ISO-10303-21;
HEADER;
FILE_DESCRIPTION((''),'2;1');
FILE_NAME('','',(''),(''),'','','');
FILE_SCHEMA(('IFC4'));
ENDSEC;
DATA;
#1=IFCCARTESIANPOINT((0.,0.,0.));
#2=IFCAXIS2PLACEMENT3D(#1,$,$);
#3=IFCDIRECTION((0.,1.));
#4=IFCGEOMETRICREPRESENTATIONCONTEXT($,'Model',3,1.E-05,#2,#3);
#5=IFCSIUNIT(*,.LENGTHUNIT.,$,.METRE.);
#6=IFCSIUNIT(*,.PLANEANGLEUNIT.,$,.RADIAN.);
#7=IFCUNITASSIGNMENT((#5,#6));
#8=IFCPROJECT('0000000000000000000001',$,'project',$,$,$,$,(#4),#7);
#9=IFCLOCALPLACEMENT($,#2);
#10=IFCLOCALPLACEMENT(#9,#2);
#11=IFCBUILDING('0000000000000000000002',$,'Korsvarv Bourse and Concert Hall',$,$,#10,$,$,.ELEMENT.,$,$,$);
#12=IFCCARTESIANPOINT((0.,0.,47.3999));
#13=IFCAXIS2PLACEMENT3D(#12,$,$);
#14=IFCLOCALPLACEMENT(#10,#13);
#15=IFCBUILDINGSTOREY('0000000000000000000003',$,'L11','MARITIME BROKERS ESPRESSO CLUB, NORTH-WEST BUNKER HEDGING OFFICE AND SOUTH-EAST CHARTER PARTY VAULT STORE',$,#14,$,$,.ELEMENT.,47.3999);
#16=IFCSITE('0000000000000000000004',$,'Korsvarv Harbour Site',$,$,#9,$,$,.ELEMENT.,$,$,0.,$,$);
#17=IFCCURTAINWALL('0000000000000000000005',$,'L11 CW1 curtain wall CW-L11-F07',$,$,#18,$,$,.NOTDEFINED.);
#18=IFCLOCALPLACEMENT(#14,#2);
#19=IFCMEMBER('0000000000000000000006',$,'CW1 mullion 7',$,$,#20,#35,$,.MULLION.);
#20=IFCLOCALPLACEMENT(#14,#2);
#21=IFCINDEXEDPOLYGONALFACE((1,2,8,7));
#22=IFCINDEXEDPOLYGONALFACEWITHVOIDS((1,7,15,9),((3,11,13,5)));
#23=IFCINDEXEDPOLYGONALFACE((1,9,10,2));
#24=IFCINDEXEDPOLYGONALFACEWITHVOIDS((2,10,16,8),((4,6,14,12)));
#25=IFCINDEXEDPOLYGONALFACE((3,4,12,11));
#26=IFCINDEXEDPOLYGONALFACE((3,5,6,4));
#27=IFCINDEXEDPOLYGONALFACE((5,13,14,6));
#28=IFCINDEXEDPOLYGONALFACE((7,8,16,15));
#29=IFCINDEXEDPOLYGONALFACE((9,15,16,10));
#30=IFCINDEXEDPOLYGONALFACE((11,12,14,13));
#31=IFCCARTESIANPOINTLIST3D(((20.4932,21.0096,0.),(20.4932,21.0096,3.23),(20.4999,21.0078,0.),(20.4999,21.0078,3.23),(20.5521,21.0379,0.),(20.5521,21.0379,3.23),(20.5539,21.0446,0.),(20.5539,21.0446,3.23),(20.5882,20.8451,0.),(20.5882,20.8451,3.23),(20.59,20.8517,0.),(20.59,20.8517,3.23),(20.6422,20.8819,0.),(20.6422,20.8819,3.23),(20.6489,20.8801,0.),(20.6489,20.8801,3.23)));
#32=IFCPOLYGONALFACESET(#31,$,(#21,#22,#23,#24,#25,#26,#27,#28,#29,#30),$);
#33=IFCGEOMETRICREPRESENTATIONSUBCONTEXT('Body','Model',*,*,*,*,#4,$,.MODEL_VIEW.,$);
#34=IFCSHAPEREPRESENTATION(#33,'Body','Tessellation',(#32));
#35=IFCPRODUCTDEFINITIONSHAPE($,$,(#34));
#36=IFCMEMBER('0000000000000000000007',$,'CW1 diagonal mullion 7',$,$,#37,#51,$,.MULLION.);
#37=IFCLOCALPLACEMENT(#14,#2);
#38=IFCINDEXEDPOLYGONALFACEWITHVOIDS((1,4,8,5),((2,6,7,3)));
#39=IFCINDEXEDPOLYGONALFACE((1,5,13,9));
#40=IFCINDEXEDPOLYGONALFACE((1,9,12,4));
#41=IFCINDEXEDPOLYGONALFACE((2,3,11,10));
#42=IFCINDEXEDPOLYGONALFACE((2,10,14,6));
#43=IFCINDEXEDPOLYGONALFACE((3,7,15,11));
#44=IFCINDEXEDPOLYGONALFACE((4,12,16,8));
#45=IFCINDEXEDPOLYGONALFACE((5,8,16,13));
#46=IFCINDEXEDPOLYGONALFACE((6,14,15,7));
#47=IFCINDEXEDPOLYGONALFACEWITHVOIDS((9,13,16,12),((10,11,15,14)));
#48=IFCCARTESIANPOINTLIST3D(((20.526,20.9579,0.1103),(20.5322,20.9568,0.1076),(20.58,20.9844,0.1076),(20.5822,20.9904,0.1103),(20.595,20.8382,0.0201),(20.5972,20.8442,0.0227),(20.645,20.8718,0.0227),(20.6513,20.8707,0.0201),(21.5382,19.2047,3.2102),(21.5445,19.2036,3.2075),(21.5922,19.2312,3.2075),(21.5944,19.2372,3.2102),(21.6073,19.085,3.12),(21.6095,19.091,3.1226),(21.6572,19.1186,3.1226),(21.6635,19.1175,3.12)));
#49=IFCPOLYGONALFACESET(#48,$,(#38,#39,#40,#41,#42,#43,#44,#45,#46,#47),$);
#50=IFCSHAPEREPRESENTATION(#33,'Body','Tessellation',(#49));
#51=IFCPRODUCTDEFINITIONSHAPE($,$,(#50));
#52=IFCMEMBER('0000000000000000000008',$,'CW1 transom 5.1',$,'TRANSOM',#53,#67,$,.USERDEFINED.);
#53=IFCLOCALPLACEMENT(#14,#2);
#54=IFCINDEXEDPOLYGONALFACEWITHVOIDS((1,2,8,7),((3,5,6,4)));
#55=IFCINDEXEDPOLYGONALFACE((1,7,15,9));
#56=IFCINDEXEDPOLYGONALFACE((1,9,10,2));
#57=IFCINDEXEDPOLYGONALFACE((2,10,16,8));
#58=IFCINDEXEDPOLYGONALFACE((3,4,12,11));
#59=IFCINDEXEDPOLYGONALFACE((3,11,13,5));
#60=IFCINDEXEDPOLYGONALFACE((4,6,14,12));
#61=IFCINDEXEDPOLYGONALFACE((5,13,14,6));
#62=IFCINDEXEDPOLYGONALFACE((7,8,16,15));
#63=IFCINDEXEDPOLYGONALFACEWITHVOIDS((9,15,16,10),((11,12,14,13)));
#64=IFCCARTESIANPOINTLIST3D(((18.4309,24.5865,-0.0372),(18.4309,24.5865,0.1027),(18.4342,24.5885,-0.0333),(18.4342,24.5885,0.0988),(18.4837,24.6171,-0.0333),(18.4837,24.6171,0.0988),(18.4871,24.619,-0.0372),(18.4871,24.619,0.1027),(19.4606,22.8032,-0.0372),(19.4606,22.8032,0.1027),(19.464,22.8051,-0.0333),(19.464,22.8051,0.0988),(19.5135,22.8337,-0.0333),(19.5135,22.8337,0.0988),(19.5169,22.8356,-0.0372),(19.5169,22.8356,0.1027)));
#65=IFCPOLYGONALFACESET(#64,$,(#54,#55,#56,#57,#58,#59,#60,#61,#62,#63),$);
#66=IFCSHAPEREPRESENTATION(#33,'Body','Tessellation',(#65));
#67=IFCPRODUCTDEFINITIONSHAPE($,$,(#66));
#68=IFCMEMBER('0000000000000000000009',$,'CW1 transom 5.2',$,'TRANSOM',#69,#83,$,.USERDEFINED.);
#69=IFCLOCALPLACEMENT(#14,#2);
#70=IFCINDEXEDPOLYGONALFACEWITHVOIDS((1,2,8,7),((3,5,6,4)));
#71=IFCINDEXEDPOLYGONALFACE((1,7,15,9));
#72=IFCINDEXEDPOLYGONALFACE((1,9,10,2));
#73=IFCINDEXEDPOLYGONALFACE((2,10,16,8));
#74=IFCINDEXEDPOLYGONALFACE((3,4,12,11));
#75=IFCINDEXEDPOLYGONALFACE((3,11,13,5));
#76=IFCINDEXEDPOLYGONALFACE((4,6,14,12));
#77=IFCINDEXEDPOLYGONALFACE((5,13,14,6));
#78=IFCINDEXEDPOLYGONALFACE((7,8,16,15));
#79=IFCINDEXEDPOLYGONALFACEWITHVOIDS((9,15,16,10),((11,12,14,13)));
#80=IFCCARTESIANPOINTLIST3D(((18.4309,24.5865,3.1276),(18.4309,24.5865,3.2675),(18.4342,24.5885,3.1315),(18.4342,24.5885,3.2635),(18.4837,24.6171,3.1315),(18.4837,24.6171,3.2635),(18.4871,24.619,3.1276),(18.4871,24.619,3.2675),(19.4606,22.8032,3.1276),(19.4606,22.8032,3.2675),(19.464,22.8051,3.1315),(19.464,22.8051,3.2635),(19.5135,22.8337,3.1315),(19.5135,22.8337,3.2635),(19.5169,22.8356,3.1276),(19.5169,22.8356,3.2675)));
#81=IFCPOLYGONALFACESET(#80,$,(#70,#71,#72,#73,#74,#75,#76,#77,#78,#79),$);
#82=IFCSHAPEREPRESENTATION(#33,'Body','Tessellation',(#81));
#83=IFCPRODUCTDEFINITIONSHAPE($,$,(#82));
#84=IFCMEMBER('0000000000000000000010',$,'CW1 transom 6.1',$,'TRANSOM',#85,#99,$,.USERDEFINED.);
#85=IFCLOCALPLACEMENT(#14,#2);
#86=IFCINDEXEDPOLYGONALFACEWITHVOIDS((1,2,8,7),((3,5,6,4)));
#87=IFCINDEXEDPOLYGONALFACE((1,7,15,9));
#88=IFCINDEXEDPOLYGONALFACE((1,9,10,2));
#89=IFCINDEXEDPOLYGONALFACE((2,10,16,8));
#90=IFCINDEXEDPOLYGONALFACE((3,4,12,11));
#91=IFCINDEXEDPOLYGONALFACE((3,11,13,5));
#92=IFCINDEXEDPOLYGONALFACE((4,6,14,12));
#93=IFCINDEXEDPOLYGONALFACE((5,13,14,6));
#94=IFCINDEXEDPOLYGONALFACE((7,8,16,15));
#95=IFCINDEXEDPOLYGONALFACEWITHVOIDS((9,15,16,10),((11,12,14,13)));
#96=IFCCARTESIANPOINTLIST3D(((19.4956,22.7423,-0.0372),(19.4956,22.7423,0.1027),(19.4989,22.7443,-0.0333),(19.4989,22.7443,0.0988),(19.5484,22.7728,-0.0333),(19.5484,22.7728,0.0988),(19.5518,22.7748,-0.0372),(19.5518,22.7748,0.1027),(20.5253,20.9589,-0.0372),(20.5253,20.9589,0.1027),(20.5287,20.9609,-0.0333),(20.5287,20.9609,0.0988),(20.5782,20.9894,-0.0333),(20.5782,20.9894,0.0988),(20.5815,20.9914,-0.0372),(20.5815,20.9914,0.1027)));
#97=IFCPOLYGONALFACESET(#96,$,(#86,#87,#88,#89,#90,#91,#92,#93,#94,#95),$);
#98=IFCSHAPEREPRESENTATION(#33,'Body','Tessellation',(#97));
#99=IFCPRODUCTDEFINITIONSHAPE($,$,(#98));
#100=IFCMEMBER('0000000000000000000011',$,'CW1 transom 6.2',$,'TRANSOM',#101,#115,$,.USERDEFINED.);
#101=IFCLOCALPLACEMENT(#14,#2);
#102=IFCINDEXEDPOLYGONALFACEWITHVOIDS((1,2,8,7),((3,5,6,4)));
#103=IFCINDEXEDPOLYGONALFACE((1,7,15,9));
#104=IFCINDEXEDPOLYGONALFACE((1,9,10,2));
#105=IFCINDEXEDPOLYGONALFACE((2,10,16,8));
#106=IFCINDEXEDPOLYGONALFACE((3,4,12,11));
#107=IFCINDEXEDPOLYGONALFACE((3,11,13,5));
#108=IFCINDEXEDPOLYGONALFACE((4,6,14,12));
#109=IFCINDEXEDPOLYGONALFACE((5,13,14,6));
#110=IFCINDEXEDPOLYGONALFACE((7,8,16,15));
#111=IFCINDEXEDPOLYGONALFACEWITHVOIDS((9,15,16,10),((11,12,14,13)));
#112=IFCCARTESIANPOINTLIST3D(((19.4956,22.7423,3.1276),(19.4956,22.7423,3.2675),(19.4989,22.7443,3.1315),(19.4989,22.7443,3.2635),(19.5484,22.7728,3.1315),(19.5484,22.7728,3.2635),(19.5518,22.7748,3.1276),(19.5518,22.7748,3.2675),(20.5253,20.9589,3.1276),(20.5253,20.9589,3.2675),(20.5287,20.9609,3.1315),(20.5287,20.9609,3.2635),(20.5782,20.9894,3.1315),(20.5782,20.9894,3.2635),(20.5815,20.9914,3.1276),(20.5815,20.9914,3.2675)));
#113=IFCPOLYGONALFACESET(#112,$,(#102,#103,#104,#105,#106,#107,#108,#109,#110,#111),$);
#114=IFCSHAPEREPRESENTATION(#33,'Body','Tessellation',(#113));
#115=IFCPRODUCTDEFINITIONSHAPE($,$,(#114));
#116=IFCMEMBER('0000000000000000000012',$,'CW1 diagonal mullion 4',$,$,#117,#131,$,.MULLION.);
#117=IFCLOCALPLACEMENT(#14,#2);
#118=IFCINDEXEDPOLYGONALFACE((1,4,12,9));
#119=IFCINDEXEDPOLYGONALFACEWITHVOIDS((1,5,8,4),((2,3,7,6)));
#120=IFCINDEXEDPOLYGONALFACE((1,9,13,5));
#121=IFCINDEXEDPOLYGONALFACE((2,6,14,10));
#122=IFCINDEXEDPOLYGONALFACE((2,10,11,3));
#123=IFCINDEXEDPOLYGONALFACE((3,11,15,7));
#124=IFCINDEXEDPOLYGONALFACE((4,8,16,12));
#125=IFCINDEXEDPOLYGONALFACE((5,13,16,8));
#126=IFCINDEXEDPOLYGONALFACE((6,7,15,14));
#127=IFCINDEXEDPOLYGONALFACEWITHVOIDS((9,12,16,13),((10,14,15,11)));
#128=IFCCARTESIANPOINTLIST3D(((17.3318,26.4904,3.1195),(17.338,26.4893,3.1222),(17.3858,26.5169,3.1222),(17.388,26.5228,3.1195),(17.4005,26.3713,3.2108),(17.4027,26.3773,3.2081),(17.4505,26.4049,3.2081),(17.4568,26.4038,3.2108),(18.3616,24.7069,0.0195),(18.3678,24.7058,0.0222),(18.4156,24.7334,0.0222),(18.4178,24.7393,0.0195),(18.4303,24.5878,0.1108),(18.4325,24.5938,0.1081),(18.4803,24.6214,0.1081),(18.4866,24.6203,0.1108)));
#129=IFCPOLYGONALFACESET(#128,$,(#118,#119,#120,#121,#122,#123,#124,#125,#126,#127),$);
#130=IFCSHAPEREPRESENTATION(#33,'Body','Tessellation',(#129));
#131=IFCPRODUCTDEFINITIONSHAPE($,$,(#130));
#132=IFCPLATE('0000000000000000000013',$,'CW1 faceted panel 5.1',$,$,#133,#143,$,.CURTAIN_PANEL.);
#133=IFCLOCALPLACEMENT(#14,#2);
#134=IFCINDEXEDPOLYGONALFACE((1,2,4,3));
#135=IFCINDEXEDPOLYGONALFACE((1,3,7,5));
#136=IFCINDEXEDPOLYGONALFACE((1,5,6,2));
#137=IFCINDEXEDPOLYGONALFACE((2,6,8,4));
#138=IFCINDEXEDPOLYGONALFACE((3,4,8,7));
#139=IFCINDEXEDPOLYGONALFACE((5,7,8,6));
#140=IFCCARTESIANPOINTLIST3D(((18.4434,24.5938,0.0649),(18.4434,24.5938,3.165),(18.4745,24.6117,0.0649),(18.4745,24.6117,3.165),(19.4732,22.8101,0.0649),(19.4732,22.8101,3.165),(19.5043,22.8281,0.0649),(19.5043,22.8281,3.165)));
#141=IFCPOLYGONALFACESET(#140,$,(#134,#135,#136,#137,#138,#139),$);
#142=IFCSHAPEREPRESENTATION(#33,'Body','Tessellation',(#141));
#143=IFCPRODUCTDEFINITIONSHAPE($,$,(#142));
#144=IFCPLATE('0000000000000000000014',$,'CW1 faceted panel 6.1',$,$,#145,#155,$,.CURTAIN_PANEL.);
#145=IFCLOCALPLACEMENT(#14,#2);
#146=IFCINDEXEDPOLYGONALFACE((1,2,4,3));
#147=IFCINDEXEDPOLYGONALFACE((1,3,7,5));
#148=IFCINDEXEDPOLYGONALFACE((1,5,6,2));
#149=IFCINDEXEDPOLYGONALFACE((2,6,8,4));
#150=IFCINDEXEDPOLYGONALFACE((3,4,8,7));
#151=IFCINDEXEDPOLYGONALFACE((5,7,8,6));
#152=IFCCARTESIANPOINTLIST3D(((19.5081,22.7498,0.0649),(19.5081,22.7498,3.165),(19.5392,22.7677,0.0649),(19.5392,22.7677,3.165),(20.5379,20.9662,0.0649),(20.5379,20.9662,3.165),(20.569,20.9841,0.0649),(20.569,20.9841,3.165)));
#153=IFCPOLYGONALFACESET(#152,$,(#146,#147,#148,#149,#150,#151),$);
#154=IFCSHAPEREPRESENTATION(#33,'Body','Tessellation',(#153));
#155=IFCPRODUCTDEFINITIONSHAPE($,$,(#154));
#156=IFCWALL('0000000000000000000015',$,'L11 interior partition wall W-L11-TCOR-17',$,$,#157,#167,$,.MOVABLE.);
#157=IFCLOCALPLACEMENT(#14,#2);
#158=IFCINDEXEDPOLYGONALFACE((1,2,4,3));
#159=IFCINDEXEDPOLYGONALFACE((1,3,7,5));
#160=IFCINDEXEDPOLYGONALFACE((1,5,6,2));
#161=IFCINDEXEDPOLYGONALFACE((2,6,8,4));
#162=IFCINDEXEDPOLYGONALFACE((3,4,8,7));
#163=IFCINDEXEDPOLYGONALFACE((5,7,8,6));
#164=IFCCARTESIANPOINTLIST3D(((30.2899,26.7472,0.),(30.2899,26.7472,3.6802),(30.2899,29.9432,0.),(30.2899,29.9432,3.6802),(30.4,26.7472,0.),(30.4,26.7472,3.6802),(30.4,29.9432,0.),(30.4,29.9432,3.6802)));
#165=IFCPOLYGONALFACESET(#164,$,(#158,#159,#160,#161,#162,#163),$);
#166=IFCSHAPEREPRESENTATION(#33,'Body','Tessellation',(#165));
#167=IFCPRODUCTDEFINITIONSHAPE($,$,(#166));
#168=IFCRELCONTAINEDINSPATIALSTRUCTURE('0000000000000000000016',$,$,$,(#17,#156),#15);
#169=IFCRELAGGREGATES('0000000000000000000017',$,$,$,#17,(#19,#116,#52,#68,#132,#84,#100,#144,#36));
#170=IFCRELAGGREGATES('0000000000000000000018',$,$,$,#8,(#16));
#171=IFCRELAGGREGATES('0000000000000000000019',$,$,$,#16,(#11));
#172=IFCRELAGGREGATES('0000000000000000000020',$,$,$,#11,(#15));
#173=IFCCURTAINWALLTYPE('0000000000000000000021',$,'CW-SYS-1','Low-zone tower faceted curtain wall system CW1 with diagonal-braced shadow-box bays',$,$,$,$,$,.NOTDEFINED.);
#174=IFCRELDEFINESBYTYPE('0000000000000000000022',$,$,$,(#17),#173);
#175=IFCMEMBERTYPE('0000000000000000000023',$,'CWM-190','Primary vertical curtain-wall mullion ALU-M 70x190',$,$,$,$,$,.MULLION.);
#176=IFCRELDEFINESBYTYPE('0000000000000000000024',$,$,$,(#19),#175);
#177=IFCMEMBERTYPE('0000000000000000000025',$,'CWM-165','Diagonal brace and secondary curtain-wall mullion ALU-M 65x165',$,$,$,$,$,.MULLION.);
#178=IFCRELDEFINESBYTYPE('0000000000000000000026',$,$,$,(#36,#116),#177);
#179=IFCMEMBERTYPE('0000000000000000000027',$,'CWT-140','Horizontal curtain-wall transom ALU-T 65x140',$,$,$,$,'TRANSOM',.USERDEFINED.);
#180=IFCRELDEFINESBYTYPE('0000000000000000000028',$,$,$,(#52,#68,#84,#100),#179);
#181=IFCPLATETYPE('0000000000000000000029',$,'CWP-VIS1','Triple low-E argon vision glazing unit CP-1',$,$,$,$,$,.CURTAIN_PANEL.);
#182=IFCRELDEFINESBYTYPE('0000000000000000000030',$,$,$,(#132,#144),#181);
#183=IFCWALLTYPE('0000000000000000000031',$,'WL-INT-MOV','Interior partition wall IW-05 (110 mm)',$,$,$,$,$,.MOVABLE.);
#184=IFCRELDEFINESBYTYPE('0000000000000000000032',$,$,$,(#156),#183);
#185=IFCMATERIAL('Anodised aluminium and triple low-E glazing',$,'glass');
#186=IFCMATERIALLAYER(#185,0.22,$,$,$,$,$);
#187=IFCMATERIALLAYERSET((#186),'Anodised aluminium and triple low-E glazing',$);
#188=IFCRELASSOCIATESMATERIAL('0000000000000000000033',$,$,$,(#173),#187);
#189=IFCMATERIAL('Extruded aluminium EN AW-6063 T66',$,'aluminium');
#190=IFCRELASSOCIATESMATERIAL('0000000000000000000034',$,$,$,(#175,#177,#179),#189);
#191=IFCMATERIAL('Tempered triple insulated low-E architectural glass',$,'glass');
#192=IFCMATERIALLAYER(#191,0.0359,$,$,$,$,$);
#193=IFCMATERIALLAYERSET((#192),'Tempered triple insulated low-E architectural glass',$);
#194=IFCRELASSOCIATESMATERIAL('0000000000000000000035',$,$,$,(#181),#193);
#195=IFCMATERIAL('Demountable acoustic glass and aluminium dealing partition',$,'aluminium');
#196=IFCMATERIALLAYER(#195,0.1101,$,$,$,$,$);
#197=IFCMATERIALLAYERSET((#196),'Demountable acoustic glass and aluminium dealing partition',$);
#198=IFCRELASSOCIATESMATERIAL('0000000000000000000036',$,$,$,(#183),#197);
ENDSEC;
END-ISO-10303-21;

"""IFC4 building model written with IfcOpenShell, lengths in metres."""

from ifc_helpers import new_model, si_unit, direction, frame, frame_2d, origin, origin_2d, place, context, subcontext, project, spatial, rectangle, hollow_rectangle, extrude, source, transform, mapped, material, layer, layer_set, material_profile, profile_set, type_object, element, aggregate, save


model = new_model("IFC4")

# Units and contexts
model_context = context("Model", 3, precision=1e-05, world=origin(), true_north=direction((0.0, 1.0)))
body_context = subcontext(model_context, "Body", "Model", "MODEL_VIEW")
ifc_project = project(units=[si_unit("LENGTHUNIT", "METRE"), si_unit("PLANEANGLEUNIT", "RADIAN")], contexts=[model_context])

# Site, building, storey
site_placement = place(None, origin())
site = spatial("IfcSite", under=ifc_project, at=site_placement, Name="Korsvarv Harbour Site", CompositionType="ELEMENT", RefElevation=0.0)
building_placement = place(site_placement, origin())
building = spatial("IfcBuilding", under=site, at=building_placement, Name="Korsvarv Bourse and Concert Hall", CompositionType="ELEMENT")
storey_placement = place(building_placement, frame((0.0, 0.0, 47.3999)))
storey = spatial("IfcBuildingStorey", under=building, at=storey_placement, Name="L11", Description="MARITIME BROKERS ESPRESSO CLUB, NORTH-WEST BUNKER HEDGING OFFICE AND SOUTH-EAST CHARTER PARTY VAULT STORE", CompositionType="ELEMENT", Elevation=47.3999)

# Curtain wall, members, plates
ifc_material_1 = material(Name="Anodised aluminium and triple low-E glazing", Category="glass")
ifc_layer_1 = layer(ifc_material_1, 0.22)
ifc_layer_set_1 = layer_set([ifc_layer_1], Name="Anodised aluminium and triple low-E glazing")
curtain_wall_type = type_object("IfcCurtainWallType", Name="CW-SYS-1", Description="Low-zone tower faceted curtain wall system CW1 with diagonal-braced shadow-box bays", PredefinedType="NOTDEFINED", material=ifc_layer_set_1)
curtain_wall_placement = place(storey_placement, origin())
curtain_wall = element("IfcCurtainWall", 1, at=curtain_wall_placement, inside=storey, type_object=curtain_wall_type, Name="L11 CW1 curtain wall CW-L11-F07", PredefinedType="NOTDEFINED")
ifc_material_2 = material(Name="Extruded aluminium EN AW-6063 T66", Category="aluminium")
ifc_material_profile_1 = material_profile(ifc_material_2, hollow_rectangle(XDim=0.0701, YDim=0.1899, WallThickness=0.0049, at=origin_2d()), Name="ALU-M 70x190")
ifc_profile_set_1 = profile_set([ifc_material_profile_1], Name="Extruded aluminium EN AW-6063 T66")
member_type_1 = type_object("IfcMemberType", Name="CWM-190", Description="Primary vertical curtain-wall mullion ALU-M 70x190", PredefinedType="MULLION", material=ifc_profile_set_1)
shared_shape_1 = source(origin(), body_context, "Body", "SweptSolid", [
    extrude(hollow_rectangle(XDim=0.0701, YDim=0.1899, WallThickness=0.0049, at=origin_2d()), origin(), (0.0, 0.0, 1.0), 3.23),
])
member_1_placement = place(storey_placement, frame((20.571, 20.9448, 0.0), z_axis=(0.0, 0.0, 1.0), x_axis=(0.866025, 0.5, 0.0)))
member_1 = element("IfcMember", 2, at=member_1_placement, type_object=member_type_1, Name="CW1 mullion 7", PredefinedType="MULLION", context=body_context, shape_type="MappedRepresentation", body=[
    mapped(shared_shape_1, transform((0.0, 0.0, 0.0), scale=1.0)),
])
ifc_material_profile_2 = material_profile(ifc_material_2, hollow_rectangle(XDim=0.0649, YDim=0.165, WallThickness=0.0049, at=origin_2d()), Name="ALU-M 65x165")
ifc_profile_set_2 = profile_set([ifc_material_profile_2], Name="Extruded aluminium EN AW-6063 T66")
member_type_2 = type_object("IfcMemberType", Name="CWM-165", Description="Diagonal brace and secondary curtain-wall mullion ALU-M 65x165", PredefinedType="MULLION", material=ifc_profile_set_2)
shared_shape_2 = source(origin(), body_context, "Body", "SweptSolid", [
    extrude(hollow_rectangle(XDim=0.0649, YDim=0.165, WallThickness=0.0049, at=origin_2d()), origin(), (0.0, 0.0, 1.0), 3.7024),
])
member_2_placement = place(storey_placement, frame((20.5886, 20.9143, 0.0652), z_axis=(0.273397, -0.473532, 0.83727), x_axis=(0.866023, 0.500004, 0.0)))
member_2 = element("IfcMember", 3, at=member_2_placement, type_object=member_type_2, Name="CW1 diagonal mullion 7", PredefinedType="MULLION", context=body_context, shape_type="MappedRepresentation", body=[
    mapped(shared_shape_2, transform((0.0, 0.0, 0.0), scale=1.0)),
])
ifc_material_profile_3 = material_profile(ifc_material_2, hollow_rectangle(XDim=0.0649, YDim=0.1399, WallThickness=0.0039, at=origin_2d()), Name="ALU-T 65x140")
ifc_profile_set_3 = profile_set([ifc_material_profile_3], Name="Extruded aluminium EN AW-6063 T66")
member_type_3 = type_object("IfcMemberType", Name="CWT-140", Description="Horizontal curtain-wall transom ALU-T 65x140", ElementType="TRANSOM", PredefinedType="USERDEFINED", material=ifc_profile_set_3)
shared_shape_3 = source(origin(), body_context, "Body", "SweptSolid", [
    extrude(hollow_rectangle(XDim=0.0649, YDim=0.1399, WallThickness=0.0039, at=origin_2d()), origin(), (0.0, 0.0, 1.0), 2.0593),
])
member_3_placement = place(storey_placement, frame((18.459, 24.6028, 0.0327), z_axis=(0.500041, -0.866002, 0.0), x_axis=(0.866002, 0.500041, 0.0)))
member_3 = element("IfcMember", 4, at=member_3_placement, type_object=member_type_3, Name="CW1 transom 5.1", ObjectType="TRANSOM", PredefinedType="USERDEFINED", context=body_context, shape_type="MappedRepresentation", body=[
    mapped(shared_shape_3, transform((0.0, 0.0, 0.0), scale=1.0)),
])
member_4_placement = place(storey_placement, frame((18.459, 24.6028, 3.1975), z_axis=(0.500041, -0.866002, 0.0), x_axis=(0.866002, 0.500041, 0.0)))
member_4 = element("IfcMember", 5, at=member_4_placement, type_object=member_type_3, Name="CW1 transom 5.2", ObjectType="TRANSOM", PredefinedType="USERDEFINED", context=body_context, shape_type="MappedRepresentation", body=[
    mapped(shared_shape_3, transform((0.0, 0.0, 0.0), scale=1.0)),
])
member_5_placement = place(storey_placement, frame((19.5237, 22.7585, 0.0327), z_axis=(0.500041, -0.866002, 0.0), x_axis=(0.866002, 0.500041, 0.0)))
member_5 = element("IfcMember", 6, at=member_5_placement, type_object=member_type_3, Name="CW1 transom 6.1", ObjectType="TRANSOM", PredefinedType="USERDEFINED", context=body_context, shape_type="MappedRepresentation", body=[
    mapped(shared_shape_3, transform((0.0, 0.0, 0.0), scale=1.0)),
])
member_6_placement = place(storey_placement, frame((19.5237, 22.7585, 3.1975), z_axis=(0.500041, -0.866002, 0.0), x_axis=(0.866002, 0.500041, 0.0)))
member_6 = element("IfcMember", 7, at=member_6_placement, type_object=member_type_3, Name="CW1 transom 6.2", ObjectType="TRANSOM", PredefinedType="USERDEFINED", context=body_context, shape_type="MappedRepresentation", body=[
    mapped(shared_shape_3, transform((0.0, 0.0, 0.0), scale=1.0)),
])
shared_shape_4 = source(origin(), body_context, "Body", "SweptSolid", [
    extrude(hollow_rectangle(XDim=0.0649, YDim=0.165, WallThickness=0.0049, at=origin_2d()), origin(), (0.0, 0.0, 1.0), 3.7217),
])
member_7_placement = place(storey_placement, frame((18.4241, 24.6636, 0.0652), z_axis=(-0.276706, 0.479216, 0.832938), x_axis=(-0.866002, -0.500041, 0.0)))
member_7 = element("IfcMember", 8, at=member_7_placement, type_object=member_type_2, Name="CW1 diagonal mullion 4", PredefinedType="MULLION", context=body_context, shape_type="MappedRepresentation", body=[
    mapped(shared_shape_4, transform((0.0, 0.0, 0.0), scale=1.0)),
])
ifc_material_3 = material(Name="Tempered triple insulated low-E architectural glass", Category="glass")
ifc_layer_2 = layer(ifc_material_3, 0.0359)
ifc_layer_set_2 = layer_set([ifc_layer_2], Name="Tempered triple insulated low-E architectural glass")
plate_type = type_object("IfcPlateType", Name="CWP-VIS1", Description="Triple low-E argon vision glazing unit CP-1", PredefinedType="CURTAIN_PANEL", material=ifc_layer_set_2)
shared_shape_5 = source(origin(), body_context, "Body", "SweptSolid", [
    extrude(rectangle(XDim=2.0596, YDim=0.0359, at=origin_2d()), origin(), (0.0, 0.0, 1.0), 3.1001),
])
plate_1_placement = place(storey_placement, frame((18.9739, 23.7109, 0.0649), z_axis=(0.0, 0.0, 1.0), x_axis=(0.5, -0.866025, 0.0)))
plate_1 = element("IfcPlate", 9, at=plate_1_placement, type_object=plate_type, Name="CW1 faceted panel 5.1", PredefinedType="CURTAIN_PANEL", context=body_context, shape_type="MappedRepresentation", body=[
    mapped(shared_shape_5, transform((0.0, 0.0, 0.0), scale=1.0)),
])
plate_2_placement = place(storey_placement, frame((20.0386, 21.8669, 0.0649), z_axis=(0.0, 0.0, 1.0), x_axis=(0.5, -0.866025, 0.0)))
plate_2 = element("IfcPlate", 10, at=plate_2_placement, type_object=plate_type, Name="CW1 faceted panel 6.1", PredefinedType="CURTAIN_PANEL", context=body_context, shape_type="MappedRepresentation", body=[
    mapped(shared_shape_5, transform((0.0, 0.0, 0.0), scale=1.0)),
])
aggregate(curtain_wall, [member_1, member_7, member_3, member_4, plate_1, member_5, member_6, plate_2, member_2])

# Wall
ifc_material_4 = material(Name="Demountable acoustic glass and aluminium dealing partition", Category="aluminium")
ifc_layer_3 = layer(ifc_material_4, 0.1101)
ifc_layer_set_3 = layer_set([ifc_layer_3], Name="Demountable acoustic glass and aluminium dealing partition")
wall_type_1 = type_object("IfcWallType", Name="WL-INT-MOV", Description="Interior partition wall IW-05 (110 mm)", PredefinedType="MOVABLE", material=ifc_layer_set_3)
wall_1_placement = place(storey_placement, frame((30.345, 26.7471, 0.0), z_axis=(0.0, 0.0, 1.0), x_axis=(0.0, 1.0, 0.0)))
element("IfcWall", 11, at=wall_1_placement, inside=storey, type_object=wall_type_1, Name="L11 interior partition wall W-L11-TCOR-17", PredefinedType="MOVABLE", context=body_context, shape_type="SweptSolid", body=[
    extrude(rectangle(XDim=3.196, YDim=0.1101, at=frame_2d((1.5981, 0.0))), origin(), (0.0, 0.0, 1.0), 3.6802),
])

save(model, "model.ifc")
